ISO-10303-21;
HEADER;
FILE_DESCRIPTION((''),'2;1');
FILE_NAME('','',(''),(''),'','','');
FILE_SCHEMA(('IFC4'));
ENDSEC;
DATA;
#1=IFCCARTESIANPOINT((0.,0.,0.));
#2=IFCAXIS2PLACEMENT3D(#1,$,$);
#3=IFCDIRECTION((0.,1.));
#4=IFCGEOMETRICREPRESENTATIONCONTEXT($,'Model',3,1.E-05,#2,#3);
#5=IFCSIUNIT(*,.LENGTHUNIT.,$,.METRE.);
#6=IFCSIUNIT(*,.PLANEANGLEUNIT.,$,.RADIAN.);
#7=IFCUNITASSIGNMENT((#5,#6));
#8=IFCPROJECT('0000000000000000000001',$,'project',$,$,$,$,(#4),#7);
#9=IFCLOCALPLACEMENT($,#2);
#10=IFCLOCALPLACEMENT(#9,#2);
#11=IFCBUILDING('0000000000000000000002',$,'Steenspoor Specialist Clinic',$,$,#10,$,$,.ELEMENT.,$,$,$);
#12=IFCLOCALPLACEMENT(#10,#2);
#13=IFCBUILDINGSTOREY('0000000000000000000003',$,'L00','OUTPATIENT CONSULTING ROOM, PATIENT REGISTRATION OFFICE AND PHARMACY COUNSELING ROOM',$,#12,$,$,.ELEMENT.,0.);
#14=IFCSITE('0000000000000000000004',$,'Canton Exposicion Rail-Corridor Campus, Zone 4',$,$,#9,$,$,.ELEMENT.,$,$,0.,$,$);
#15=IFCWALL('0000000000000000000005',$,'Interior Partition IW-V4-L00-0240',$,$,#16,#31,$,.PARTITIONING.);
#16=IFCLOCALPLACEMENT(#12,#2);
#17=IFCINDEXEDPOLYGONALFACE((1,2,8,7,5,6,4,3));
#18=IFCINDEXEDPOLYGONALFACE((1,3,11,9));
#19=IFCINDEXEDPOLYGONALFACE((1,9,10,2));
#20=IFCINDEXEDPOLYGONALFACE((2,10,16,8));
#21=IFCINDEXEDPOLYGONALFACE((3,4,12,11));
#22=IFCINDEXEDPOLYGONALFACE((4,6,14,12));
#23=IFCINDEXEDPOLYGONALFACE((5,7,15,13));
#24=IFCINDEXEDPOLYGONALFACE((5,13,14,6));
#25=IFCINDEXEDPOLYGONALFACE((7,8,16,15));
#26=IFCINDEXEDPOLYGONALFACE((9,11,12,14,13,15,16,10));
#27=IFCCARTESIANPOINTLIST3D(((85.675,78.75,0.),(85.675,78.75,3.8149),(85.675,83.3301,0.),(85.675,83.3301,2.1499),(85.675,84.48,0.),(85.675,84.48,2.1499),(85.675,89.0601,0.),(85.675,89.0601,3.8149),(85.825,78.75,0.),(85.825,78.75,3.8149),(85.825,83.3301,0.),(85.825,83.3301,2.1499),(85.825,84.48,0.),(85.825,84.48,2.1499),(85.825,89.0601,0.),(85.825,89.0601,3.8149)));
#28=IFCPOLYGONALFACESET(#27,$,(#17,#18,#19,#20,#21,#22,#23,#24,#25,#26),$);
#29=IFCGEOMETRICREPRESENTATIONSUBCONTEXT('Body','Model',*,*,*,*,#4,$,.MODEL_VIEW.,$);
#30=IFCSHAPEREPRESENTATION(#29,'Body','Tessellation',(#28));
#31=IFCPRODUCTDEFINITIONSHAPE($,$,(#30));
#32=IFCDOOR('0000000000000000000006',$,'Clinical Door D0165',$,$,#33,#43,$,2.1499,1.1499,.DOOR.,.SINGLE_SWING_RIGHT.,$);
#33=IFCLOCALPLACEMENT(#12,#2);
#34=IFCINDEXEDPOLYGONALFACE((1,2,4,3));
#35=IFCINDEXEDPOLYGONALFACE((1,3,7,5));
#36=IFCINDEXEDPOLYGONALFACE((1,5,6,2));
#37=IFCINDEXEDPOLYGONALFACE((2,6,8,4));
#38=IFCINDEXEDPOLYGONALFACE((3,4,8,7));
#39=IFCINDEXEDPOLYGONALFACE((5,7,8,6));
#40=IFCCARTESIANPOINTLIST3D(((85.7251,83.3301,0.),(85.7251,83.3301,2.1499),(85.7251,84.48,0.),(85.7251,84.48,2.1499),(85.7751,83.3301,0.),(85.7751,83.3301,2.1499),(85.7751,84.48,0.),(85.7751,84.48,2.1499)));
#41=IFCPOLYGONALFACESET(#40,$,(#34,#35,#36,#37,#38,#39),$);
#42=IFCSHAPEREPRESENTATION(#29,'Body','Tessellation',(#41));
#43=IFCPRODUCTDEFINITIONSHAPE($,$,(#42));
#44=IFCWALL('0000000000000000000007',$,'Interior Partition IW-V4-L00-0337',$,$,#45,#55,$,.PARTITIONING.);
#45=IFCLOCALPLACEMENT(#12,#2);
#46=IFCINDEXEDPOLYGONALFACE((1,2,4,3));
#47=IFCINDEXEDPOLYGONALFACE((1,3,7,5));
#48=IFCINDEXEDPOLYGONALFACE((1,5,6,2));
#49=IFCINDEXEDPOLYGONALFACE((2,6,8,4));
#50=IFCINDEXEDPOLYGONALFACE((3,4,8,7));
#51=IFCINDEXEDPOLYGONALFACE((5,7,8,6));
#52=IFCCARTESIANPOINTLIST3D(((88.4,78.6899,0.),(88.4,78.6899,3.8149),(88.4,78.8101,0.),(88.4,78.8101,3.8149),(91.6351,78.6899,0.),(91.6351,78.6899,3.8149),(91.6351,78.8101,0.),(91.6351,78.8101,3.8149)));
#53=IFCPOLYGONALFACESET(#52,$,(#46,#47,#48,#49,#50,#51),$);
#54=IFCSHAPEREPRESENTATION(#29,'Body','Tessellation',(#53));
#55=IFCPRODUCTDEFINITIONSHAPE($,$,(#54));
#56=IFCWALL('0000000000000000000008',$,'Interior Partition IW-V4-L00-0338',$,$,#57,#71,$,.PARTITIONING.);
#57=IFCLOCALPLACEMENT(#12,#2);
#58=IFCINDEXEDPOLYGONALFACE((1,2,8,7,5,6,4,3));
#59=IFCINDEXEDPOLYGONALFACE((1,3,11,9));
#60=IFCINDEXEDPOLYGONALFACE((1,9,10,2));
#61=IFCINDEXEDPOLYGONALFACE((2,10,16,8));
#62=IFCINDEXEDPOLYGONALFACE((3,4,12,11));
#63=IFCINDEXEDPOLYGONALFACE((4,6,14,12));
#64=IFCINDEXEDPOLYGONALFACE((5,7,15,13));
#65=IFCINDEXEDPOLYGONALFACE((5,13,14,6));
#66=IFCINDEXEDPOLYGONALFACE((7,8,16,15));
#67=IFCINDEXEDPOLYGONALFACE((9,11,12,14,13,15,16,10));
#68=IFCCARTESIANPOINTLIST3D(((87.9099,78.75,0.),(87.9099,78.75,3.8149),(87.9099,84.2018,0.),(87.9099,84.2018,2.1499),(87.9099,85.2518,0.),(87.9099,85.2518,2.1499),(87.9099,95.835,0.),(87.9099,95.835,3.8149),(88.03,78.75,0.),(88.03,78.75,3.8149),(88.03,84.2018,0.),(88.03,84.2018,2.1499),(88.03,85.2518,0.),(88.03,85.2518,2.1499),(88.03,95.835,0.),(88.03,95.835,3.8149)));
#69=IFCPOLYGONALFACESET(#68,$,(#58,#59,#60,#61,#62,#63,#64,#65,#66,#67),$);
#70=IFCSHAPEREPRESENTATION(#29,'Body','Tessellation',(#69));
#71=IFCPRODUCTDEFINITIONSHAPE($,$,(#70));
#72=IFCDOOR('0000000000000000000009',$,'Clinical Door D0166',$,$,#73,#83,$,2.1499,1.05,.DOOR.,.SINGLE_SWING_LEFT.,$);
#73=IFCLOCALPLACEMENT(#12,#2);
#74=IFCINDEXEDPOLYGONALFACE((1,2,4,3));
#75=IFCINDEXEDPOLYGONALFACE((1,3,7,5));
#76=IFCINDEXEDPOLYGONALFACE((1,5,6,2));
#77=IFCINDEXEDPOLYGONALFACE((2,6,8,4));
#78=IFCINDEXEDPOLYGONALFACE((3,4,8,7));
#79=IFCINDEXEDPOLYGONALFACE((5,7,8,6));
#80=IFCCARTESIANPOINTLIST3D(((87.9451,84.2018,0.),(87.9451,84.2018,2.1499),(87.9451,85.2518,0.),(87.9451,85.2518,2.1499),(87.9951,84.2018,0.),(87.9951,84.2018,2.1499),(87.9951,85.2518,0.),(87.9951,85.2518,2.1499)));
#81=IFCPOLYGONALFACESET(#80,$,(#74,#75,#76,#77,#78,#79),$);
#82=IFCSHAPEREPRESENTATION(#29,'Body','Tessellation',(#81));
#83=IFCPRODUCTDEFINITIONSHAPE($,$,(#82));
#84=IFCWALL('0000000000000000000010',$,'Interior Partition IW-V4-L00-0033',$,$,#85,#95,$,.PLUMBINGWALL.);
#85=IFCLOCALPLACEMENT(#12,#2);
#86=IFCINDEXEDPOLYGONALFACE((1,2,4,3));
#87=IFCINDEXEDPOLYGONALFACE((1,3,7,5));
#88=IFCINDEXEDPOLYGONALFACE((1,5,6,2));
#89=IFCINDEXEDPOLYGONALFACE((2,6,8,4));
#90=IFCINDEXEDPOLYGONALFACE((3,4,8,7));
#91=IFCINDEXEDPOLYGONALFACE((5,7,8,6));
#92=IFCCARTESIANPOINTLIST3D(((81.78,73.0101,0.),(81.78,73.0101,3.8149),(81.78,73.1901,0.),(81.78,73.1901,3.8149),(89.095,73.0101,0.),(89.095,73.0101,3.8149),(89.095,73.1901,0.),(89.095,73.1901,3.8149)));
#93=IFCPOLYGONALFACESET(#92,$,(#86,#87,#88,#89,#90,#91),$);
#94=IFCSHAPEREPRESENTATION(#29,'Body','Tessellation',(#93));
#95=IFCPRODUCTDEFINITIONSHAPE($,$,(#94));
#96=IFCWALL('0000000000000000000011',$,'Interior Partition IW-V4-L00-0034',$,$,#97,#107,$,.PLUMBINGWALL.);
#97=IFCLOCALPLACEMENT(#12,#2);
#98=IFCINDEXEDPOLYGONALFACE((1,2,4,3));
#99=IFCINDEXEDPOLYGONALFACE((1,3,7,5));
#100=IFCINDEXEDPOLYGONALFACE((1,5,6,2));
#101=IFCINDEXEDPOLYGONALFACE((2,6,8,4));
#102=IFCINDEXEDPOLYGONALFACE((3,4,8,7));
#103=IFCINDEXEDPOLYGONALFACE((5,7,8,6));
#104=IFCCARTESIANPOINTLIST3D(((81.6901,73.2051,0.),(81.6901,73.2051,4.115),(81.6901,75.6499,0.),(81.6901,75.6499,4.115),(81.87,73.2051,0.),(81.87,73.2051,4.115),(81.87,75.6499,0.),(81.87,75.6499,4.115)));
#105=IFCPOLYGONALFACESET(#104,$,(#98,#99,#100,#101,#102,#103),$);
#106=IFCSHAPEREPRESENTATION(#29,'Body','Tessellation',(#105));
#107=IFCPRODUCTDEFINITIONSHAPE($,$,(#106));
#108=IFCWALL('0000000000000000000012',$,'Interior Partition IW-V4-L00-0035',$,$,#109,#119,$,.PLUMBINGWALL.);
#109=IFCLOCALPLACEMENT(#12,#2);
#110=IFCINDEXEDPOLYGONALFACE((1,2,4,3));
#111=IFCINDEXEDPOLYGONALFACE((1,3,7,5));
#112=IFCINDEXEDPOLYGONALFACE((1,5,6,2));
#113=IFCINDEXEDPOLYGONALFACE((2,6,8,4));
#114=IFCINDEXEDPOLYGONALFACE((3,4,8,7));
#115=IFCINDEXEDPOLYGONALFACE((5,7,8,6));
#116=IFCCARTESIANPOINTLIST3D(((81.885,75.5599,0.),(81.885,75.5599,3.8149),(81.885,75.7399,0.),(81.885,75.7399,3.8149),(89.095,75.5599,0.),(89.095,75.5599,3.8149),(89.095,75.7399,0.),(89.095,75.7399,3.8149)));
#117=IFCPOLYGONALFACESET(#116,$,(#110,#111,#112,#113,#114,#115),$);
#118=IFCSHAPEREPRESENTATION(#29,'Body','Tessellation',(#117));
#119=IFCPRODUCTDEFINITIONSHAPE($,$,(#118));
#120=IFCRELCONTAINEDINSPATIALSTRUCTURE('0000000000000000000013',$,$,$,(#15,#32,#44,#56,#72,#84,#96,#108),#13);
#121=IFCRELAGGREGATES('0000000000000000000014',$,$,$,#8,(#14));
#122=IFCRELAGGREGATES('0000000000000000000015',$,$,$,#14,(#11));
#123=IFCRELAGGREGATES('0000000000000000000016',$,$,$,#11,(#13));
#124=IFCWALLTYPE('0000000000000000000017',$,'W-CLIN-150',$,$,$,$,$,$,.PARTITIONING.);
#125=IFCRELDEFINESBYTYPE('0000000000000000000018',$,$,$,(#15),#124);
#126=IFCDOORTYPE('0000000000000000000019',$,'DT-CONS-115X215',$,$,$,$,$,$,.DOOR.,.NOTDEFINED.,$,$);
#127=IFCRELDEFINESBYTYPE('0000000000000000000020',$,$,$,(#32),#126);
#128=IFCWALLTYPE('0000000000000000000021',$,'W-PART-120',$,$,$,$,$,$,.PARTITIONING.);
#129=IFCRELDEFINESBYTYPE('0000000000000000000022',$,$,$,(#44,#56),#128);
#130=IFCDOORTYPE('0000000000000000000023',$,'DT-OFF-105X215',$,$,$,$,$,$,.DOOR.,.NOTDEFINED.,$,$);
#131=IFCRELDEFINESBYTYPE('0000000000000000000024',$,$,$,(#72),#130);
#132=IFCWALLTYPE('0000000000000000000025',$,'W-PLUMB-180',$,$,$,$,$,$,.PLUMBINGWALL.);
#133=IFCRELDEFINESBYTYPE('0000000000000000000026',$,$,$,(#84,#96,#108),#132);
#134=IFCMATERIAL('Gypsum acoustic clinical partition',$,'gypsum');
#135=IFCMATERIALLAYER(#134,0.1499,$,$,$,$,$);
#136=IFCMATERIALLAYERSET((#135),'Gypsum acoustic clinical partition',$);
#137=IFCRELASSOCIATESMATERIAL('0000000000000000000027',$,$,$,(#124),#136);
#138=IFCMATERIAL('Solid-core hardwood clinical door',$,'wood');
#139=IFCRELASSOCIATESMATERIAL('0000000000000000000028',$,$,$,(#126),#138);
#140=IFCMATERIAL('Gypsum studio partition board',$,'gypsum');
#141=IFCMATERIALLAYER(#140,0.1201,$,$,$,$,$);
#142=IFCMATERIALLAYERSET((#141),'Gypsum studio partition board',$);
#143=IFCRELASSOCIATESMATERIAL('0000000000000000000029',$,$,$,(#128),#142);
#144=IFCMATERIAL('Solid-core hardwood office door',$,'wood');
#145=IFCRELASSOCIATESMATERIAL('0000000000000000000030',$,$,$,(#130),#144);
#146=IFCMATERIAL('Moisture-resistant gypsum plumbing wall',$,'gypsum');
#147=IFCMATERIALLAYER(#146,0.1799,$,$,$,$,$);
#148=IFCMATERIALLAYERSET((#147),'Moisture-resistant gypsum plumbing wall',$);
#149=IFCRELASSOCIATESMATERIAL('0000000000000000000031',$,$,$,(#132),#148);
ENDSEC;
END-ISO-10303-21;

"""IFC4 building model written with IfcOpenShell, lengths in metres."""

from ifc_helpers import new_model, si_unit, direction, frame, frame_2d, origin, place, context, subcontext, project, spatial, rectangle, extrude, material, layer, layer_set, type_object, element, fill, save


model = new_model("IFC4")

# Units and contexts
model_context = context("Model", 3, precision=1e-05, world=origin(), true_north=direction((0.0, 1.0)))
body_context = subcontext(model_context, "Body", "Model", "MODEL_VIEW")
ifc_project = project(units=[si_unit("LENGTHUNIT", "METRE"), si_unit("PLANEANGLEUNIT", "RADIAN")], contexts=[model_context])

# Site, building, storey
site_placement = place(None, origin())
site = spatial("IfcSite", under=ifc_project, at=site_placement, Name="Canton Exposicion Rail-Corridor Campus, Zone 4", CompositionType="ELEMENT", RefElevation=0.0)
building_placement = place(site_placement, origin())
building = spatial("IfcBuilding", under=site, at=building_placement, Name="Steenspoor Specialist Clinic", CompositionType="ELEMENT")
storey_placement = place(building_placement, origin())
storey = spatial("IfcBuildingStorey", under=building, at=storey_placement, Name="L00", Description="OUTPATIENT CONSULTING ROOM, PATIENT REGISTRATION OFFICE AND PHARMACY COUNSELING ROOM", CompositionType="ELEMENT", Elevation=0.0)

# Shared definitions
ifc_material_1 = material(Name="Gypsum acoustic clinical partition", Category="gypsum")
ifc_layer_1 = layer(ifc_material_1, 0.1499)
ifc_layer_set_1 = layer_set([ifc_layer_1], Name="Gypsum acoustic clinical partition")
wall_type_1 = type_object("IfcWallType", Name="W-CLIN-150", PredefinedType="PARTITIONING", material=ifc_layer_set_1)

# Wall, opening, door
wall_1_placement = place(storey_placement, frame((85.75, 78.75, 0.0), z_axis=(0.0, 0.0, 1.0), x_axis=(0.0, 1.0, 0.0)))
wall_1 = element("IfcWall", 1, at=wall_1_placement, inside=storey, type_object=wall_type_1, Name="Interior Partition IW-V4-L00-0240", PredefinedType="PARTITIONING", context=body_context, shape_type="SweptSolid", body=[
    extrude(rectangle(XDim=10.3101, YDim=0.1499, at=frame_2d((5.155, 0.0))), origin(), (0.0, 0.0, 1.0), 3.8149),
])
opening_1_placement = place(wall_1_placement, frame((4.5801, 0.0, 0.0)))
opening_1 = element("IfcOpeningElement", 2, at=opening_1_placement, cuts=wall_1, PredefinedType="OPENING", context=body_context, shape_type="SweptSolid", body=[
    extrude(rectangle(XDim=1.1499, YDim=2.1499, at=frame_2d((0.575, 1.075))), frame((0.0, 0.085, 0.0), z_axis=(0.0, -1.0, 0.0), x_axis=(1.0, 0.0, 0.0)), (0.0, 0.0, 1.0), 0.1699),
])
ifc_material_2 = material(Name="Solid-core hardwood clinical door", Category="wood")
door_type_1 = type_object("IfcDoorType", Name="DT-CONS-115X215", OperationType="NOTDEFINED", PredefinedType="DOOR", material=ifc_material_2)
door_1_placement = place(opening_1_placement, origin())
door_1 = element("IfcDoor", 3, at=door_1_placement, inside=storey, type_object=door_type_1, Name="Clinical Door D0165", OperationType="SINGLE_SWING_RIGHT", OverallHeight=2.1499, OverallWidth=1.1499, PredefinedType="DOOR", context=body_context, shape_type="SweptSolid", body=[
    extrude(rectangle(XDim=1.1499, YDim=2.1499, at=frame_2d((0.575, 1.075))), frame((0.0, 0.0249, 0.0), z_axis=(0.0, -1.0, 0.0), x_axis=(1.0, 0.0, 0.0)), (0.0, 0.0, 1.0), 0.05),
])
fill(opening_1, door_1)

# Wall
ifc_material_3 = material(Name="Gypsum studio partition board", Category="gypsum")
ifc_layer_2 = layer(ifc_material_3, 0.1201)
ifc_layer_set_2 = layer_set([ifc_layer_2], Name="Gypsum studio partition board")
wall_type_2 = type_object("IfcWallType", Name="W-PART-120", PredefinedType="PARTITIONING", material=ifc_layer_set_2)
wall_2_placement = place(storey_placement, frame((88.3999, 78.75, 0.0), z_axis=(0.0, 0.0, 1.0), x_axis=(1.0, 0.0, 0.0)))
element("IfcWall", 4, at=wall_2_placement, inside=storey, type_object=wall_type_2, Name="Interior Partition IW-V4-L00-0337", PredefinedType="PARTITIONING", context=body_context, shape_type="SweptSolid", body=[
    extrude(rectangle(XDim=3.2351, YDim=0.1201, at=frame_2d((1.6177, 0.0))), origin(), (0.0, 0.0, 1.0), 3.8149),
])

# Wall, opening, door
wall_3_placement = place(storey_placement, frame((87.97, 78.75, 0.0), z_axis=(0.0, 0.0, 1.0), x_axis=(0.0, 1.0, 0.0)))
wall_3 = element("IfcWall", 5, at=wall_3_placement, inside=storey, type_object=wall_type_2, Name="Interior Partition IW-V4-L00-0338", PredefinedType="PARTITIONING", context=body_context, shape_type="SweptSolid", body=[
    extrude(rectangle(XDim=17.085, YDim=0.1201, at=frame_2d((8.5425, 0.0))), origin(), (0.0, 0.0, 1.0), 3.8149),
])
opening_2_placement = place(wall_3_placement, frame((5.4519, 0.0, 0.0)))
opening_2 = element("IfcOpeningElement", 6, at=opening_2_placement, cuts=wall_3, PredefinedType="OPENING", context=body_context, shape_type="SweptSolid", body=[
    extrude(rectangle(XDim=1.05, YDim=2.1499, at=frame_2d((0.5249, 1.075))), frame((0.0, 0.0701, 0.0), z_axis=(0.0, -1.0, 0.0), x_axis=(1.0, 0.0, 0.0)), (0.0, 0.0, 1.0), 0.1401),
])
ifc_material_4 = material(Name="Solid-core hardwood office door", Category="wood")
door_type_2 = type_object("IfcDoorType", Name="DT-OFF-105X215", OperationType="NOTDEFINED", PredefinedType="DOOR", material=ifc_material_4)
door_2_placement = place(opening_2_placement, origin())
door_2 = element("IfcDoor", 7, at=door_2_placement, inside=storey, type_object=door_type_2, Name="Clinical Door D0166", OperationType="SINGLE_SWING_LEFT", OverallHeight=2.1499, OverallWidth=1.05, PredefinedType="DOOR", context=body_context, shape_type="SweptSolid", body=[
    extrude(rectangle(XDim=1.05, YDim=2.1499, at=frame_2d((0.5249, 1.075))), frame((0.0, 0.0249, 0.0), z_axis=(0.0, -1.0, 0.0), x_axis=(1.0, 0.0, 0.0)), (0.0, 0.0, 1.0), 0.05),
])
fill(opening_2, door_2)

# Walls
ifc_material_5 = material(Name="Moisture-resistant gypsum plumbing wall", Category="gypsum")
ifc_layer_3 = layer(ifc_material_5, 0.1799)
ifc_layer_set_3 = layer_set([ifc_layer_3], Name="Moisture-resistant gypsum plumbing wall")
wall_type_3 = type_object("IfcWallType", Name="W-PLUMB-180", PredefinedType="PLUMBINGWALL", material=ifc_layer_set_3)
wall_4_placement = place(storey_placement, frame((81.78, 73.1001, 0.0), z_axis=(0.0, 0.0, 1.0), x_axis=(1.0, 0.0, 0.0)))
element("IfcWall", 8, at=wall_4_placement, inside=storey, type_object=wall_type_3, Name="Interior Partition IW-V4-L00-0033", PredefinedType="PLUMBINGWALL", context=body_context, shape_type="SweptSolid", body=[
    extrude(rectangle(XDim=7.3149, YDim=0.1799, at=frame_2d((3.6575, 0.0))), origin(), (0.0, 0.0, 1.0), 3.8149),
])
wall_5_placement = place(storey_placement, frame((81.78, 73.2051, 0.0), z_axis=(0.0, 0.0, 1.0), x_axis=(0.0, 1.0, 0.0)))
element("IfcWall", 9, at=wall_5_placement, inside=storey, type_object=wall_type_3, Name="Interior Partition IW-V4-L00-0034", PredefinedType="PLUMBINGWALL", context=body_context, shape_type="SweptSolid", body=[
    extrude(rectangle(XDim=2.4448, YDim=0.1799, at=frame_2d((1.2224, 0.0))), origin(), (0.0, 0.0, 1.0), 4.115),
])
wall_6_placement = place(storey_placement, frame((81.885, 75.6499, 0.0), z_axis=(0.0, 0.0, 1.0), x_axis=(1.0, 0.0, 0.0)))
element("IfcWall", 10, at=wall_6_placement, inside=storey, type_object=wall_type_3, Name="Interior Partition IW-V4-L00-0035", PredefinedType="PLUMBINGWALL", context=body_context, shape_type="SweptSolid", body=[
    extrude(rectangle(XDim=7.21, YDim=0.1799, at=frame_2d((3.605, 0.0))), origin(), (0.0, 0.0, 1.0), 3.8149),
])

save(model, "model.ifc")
